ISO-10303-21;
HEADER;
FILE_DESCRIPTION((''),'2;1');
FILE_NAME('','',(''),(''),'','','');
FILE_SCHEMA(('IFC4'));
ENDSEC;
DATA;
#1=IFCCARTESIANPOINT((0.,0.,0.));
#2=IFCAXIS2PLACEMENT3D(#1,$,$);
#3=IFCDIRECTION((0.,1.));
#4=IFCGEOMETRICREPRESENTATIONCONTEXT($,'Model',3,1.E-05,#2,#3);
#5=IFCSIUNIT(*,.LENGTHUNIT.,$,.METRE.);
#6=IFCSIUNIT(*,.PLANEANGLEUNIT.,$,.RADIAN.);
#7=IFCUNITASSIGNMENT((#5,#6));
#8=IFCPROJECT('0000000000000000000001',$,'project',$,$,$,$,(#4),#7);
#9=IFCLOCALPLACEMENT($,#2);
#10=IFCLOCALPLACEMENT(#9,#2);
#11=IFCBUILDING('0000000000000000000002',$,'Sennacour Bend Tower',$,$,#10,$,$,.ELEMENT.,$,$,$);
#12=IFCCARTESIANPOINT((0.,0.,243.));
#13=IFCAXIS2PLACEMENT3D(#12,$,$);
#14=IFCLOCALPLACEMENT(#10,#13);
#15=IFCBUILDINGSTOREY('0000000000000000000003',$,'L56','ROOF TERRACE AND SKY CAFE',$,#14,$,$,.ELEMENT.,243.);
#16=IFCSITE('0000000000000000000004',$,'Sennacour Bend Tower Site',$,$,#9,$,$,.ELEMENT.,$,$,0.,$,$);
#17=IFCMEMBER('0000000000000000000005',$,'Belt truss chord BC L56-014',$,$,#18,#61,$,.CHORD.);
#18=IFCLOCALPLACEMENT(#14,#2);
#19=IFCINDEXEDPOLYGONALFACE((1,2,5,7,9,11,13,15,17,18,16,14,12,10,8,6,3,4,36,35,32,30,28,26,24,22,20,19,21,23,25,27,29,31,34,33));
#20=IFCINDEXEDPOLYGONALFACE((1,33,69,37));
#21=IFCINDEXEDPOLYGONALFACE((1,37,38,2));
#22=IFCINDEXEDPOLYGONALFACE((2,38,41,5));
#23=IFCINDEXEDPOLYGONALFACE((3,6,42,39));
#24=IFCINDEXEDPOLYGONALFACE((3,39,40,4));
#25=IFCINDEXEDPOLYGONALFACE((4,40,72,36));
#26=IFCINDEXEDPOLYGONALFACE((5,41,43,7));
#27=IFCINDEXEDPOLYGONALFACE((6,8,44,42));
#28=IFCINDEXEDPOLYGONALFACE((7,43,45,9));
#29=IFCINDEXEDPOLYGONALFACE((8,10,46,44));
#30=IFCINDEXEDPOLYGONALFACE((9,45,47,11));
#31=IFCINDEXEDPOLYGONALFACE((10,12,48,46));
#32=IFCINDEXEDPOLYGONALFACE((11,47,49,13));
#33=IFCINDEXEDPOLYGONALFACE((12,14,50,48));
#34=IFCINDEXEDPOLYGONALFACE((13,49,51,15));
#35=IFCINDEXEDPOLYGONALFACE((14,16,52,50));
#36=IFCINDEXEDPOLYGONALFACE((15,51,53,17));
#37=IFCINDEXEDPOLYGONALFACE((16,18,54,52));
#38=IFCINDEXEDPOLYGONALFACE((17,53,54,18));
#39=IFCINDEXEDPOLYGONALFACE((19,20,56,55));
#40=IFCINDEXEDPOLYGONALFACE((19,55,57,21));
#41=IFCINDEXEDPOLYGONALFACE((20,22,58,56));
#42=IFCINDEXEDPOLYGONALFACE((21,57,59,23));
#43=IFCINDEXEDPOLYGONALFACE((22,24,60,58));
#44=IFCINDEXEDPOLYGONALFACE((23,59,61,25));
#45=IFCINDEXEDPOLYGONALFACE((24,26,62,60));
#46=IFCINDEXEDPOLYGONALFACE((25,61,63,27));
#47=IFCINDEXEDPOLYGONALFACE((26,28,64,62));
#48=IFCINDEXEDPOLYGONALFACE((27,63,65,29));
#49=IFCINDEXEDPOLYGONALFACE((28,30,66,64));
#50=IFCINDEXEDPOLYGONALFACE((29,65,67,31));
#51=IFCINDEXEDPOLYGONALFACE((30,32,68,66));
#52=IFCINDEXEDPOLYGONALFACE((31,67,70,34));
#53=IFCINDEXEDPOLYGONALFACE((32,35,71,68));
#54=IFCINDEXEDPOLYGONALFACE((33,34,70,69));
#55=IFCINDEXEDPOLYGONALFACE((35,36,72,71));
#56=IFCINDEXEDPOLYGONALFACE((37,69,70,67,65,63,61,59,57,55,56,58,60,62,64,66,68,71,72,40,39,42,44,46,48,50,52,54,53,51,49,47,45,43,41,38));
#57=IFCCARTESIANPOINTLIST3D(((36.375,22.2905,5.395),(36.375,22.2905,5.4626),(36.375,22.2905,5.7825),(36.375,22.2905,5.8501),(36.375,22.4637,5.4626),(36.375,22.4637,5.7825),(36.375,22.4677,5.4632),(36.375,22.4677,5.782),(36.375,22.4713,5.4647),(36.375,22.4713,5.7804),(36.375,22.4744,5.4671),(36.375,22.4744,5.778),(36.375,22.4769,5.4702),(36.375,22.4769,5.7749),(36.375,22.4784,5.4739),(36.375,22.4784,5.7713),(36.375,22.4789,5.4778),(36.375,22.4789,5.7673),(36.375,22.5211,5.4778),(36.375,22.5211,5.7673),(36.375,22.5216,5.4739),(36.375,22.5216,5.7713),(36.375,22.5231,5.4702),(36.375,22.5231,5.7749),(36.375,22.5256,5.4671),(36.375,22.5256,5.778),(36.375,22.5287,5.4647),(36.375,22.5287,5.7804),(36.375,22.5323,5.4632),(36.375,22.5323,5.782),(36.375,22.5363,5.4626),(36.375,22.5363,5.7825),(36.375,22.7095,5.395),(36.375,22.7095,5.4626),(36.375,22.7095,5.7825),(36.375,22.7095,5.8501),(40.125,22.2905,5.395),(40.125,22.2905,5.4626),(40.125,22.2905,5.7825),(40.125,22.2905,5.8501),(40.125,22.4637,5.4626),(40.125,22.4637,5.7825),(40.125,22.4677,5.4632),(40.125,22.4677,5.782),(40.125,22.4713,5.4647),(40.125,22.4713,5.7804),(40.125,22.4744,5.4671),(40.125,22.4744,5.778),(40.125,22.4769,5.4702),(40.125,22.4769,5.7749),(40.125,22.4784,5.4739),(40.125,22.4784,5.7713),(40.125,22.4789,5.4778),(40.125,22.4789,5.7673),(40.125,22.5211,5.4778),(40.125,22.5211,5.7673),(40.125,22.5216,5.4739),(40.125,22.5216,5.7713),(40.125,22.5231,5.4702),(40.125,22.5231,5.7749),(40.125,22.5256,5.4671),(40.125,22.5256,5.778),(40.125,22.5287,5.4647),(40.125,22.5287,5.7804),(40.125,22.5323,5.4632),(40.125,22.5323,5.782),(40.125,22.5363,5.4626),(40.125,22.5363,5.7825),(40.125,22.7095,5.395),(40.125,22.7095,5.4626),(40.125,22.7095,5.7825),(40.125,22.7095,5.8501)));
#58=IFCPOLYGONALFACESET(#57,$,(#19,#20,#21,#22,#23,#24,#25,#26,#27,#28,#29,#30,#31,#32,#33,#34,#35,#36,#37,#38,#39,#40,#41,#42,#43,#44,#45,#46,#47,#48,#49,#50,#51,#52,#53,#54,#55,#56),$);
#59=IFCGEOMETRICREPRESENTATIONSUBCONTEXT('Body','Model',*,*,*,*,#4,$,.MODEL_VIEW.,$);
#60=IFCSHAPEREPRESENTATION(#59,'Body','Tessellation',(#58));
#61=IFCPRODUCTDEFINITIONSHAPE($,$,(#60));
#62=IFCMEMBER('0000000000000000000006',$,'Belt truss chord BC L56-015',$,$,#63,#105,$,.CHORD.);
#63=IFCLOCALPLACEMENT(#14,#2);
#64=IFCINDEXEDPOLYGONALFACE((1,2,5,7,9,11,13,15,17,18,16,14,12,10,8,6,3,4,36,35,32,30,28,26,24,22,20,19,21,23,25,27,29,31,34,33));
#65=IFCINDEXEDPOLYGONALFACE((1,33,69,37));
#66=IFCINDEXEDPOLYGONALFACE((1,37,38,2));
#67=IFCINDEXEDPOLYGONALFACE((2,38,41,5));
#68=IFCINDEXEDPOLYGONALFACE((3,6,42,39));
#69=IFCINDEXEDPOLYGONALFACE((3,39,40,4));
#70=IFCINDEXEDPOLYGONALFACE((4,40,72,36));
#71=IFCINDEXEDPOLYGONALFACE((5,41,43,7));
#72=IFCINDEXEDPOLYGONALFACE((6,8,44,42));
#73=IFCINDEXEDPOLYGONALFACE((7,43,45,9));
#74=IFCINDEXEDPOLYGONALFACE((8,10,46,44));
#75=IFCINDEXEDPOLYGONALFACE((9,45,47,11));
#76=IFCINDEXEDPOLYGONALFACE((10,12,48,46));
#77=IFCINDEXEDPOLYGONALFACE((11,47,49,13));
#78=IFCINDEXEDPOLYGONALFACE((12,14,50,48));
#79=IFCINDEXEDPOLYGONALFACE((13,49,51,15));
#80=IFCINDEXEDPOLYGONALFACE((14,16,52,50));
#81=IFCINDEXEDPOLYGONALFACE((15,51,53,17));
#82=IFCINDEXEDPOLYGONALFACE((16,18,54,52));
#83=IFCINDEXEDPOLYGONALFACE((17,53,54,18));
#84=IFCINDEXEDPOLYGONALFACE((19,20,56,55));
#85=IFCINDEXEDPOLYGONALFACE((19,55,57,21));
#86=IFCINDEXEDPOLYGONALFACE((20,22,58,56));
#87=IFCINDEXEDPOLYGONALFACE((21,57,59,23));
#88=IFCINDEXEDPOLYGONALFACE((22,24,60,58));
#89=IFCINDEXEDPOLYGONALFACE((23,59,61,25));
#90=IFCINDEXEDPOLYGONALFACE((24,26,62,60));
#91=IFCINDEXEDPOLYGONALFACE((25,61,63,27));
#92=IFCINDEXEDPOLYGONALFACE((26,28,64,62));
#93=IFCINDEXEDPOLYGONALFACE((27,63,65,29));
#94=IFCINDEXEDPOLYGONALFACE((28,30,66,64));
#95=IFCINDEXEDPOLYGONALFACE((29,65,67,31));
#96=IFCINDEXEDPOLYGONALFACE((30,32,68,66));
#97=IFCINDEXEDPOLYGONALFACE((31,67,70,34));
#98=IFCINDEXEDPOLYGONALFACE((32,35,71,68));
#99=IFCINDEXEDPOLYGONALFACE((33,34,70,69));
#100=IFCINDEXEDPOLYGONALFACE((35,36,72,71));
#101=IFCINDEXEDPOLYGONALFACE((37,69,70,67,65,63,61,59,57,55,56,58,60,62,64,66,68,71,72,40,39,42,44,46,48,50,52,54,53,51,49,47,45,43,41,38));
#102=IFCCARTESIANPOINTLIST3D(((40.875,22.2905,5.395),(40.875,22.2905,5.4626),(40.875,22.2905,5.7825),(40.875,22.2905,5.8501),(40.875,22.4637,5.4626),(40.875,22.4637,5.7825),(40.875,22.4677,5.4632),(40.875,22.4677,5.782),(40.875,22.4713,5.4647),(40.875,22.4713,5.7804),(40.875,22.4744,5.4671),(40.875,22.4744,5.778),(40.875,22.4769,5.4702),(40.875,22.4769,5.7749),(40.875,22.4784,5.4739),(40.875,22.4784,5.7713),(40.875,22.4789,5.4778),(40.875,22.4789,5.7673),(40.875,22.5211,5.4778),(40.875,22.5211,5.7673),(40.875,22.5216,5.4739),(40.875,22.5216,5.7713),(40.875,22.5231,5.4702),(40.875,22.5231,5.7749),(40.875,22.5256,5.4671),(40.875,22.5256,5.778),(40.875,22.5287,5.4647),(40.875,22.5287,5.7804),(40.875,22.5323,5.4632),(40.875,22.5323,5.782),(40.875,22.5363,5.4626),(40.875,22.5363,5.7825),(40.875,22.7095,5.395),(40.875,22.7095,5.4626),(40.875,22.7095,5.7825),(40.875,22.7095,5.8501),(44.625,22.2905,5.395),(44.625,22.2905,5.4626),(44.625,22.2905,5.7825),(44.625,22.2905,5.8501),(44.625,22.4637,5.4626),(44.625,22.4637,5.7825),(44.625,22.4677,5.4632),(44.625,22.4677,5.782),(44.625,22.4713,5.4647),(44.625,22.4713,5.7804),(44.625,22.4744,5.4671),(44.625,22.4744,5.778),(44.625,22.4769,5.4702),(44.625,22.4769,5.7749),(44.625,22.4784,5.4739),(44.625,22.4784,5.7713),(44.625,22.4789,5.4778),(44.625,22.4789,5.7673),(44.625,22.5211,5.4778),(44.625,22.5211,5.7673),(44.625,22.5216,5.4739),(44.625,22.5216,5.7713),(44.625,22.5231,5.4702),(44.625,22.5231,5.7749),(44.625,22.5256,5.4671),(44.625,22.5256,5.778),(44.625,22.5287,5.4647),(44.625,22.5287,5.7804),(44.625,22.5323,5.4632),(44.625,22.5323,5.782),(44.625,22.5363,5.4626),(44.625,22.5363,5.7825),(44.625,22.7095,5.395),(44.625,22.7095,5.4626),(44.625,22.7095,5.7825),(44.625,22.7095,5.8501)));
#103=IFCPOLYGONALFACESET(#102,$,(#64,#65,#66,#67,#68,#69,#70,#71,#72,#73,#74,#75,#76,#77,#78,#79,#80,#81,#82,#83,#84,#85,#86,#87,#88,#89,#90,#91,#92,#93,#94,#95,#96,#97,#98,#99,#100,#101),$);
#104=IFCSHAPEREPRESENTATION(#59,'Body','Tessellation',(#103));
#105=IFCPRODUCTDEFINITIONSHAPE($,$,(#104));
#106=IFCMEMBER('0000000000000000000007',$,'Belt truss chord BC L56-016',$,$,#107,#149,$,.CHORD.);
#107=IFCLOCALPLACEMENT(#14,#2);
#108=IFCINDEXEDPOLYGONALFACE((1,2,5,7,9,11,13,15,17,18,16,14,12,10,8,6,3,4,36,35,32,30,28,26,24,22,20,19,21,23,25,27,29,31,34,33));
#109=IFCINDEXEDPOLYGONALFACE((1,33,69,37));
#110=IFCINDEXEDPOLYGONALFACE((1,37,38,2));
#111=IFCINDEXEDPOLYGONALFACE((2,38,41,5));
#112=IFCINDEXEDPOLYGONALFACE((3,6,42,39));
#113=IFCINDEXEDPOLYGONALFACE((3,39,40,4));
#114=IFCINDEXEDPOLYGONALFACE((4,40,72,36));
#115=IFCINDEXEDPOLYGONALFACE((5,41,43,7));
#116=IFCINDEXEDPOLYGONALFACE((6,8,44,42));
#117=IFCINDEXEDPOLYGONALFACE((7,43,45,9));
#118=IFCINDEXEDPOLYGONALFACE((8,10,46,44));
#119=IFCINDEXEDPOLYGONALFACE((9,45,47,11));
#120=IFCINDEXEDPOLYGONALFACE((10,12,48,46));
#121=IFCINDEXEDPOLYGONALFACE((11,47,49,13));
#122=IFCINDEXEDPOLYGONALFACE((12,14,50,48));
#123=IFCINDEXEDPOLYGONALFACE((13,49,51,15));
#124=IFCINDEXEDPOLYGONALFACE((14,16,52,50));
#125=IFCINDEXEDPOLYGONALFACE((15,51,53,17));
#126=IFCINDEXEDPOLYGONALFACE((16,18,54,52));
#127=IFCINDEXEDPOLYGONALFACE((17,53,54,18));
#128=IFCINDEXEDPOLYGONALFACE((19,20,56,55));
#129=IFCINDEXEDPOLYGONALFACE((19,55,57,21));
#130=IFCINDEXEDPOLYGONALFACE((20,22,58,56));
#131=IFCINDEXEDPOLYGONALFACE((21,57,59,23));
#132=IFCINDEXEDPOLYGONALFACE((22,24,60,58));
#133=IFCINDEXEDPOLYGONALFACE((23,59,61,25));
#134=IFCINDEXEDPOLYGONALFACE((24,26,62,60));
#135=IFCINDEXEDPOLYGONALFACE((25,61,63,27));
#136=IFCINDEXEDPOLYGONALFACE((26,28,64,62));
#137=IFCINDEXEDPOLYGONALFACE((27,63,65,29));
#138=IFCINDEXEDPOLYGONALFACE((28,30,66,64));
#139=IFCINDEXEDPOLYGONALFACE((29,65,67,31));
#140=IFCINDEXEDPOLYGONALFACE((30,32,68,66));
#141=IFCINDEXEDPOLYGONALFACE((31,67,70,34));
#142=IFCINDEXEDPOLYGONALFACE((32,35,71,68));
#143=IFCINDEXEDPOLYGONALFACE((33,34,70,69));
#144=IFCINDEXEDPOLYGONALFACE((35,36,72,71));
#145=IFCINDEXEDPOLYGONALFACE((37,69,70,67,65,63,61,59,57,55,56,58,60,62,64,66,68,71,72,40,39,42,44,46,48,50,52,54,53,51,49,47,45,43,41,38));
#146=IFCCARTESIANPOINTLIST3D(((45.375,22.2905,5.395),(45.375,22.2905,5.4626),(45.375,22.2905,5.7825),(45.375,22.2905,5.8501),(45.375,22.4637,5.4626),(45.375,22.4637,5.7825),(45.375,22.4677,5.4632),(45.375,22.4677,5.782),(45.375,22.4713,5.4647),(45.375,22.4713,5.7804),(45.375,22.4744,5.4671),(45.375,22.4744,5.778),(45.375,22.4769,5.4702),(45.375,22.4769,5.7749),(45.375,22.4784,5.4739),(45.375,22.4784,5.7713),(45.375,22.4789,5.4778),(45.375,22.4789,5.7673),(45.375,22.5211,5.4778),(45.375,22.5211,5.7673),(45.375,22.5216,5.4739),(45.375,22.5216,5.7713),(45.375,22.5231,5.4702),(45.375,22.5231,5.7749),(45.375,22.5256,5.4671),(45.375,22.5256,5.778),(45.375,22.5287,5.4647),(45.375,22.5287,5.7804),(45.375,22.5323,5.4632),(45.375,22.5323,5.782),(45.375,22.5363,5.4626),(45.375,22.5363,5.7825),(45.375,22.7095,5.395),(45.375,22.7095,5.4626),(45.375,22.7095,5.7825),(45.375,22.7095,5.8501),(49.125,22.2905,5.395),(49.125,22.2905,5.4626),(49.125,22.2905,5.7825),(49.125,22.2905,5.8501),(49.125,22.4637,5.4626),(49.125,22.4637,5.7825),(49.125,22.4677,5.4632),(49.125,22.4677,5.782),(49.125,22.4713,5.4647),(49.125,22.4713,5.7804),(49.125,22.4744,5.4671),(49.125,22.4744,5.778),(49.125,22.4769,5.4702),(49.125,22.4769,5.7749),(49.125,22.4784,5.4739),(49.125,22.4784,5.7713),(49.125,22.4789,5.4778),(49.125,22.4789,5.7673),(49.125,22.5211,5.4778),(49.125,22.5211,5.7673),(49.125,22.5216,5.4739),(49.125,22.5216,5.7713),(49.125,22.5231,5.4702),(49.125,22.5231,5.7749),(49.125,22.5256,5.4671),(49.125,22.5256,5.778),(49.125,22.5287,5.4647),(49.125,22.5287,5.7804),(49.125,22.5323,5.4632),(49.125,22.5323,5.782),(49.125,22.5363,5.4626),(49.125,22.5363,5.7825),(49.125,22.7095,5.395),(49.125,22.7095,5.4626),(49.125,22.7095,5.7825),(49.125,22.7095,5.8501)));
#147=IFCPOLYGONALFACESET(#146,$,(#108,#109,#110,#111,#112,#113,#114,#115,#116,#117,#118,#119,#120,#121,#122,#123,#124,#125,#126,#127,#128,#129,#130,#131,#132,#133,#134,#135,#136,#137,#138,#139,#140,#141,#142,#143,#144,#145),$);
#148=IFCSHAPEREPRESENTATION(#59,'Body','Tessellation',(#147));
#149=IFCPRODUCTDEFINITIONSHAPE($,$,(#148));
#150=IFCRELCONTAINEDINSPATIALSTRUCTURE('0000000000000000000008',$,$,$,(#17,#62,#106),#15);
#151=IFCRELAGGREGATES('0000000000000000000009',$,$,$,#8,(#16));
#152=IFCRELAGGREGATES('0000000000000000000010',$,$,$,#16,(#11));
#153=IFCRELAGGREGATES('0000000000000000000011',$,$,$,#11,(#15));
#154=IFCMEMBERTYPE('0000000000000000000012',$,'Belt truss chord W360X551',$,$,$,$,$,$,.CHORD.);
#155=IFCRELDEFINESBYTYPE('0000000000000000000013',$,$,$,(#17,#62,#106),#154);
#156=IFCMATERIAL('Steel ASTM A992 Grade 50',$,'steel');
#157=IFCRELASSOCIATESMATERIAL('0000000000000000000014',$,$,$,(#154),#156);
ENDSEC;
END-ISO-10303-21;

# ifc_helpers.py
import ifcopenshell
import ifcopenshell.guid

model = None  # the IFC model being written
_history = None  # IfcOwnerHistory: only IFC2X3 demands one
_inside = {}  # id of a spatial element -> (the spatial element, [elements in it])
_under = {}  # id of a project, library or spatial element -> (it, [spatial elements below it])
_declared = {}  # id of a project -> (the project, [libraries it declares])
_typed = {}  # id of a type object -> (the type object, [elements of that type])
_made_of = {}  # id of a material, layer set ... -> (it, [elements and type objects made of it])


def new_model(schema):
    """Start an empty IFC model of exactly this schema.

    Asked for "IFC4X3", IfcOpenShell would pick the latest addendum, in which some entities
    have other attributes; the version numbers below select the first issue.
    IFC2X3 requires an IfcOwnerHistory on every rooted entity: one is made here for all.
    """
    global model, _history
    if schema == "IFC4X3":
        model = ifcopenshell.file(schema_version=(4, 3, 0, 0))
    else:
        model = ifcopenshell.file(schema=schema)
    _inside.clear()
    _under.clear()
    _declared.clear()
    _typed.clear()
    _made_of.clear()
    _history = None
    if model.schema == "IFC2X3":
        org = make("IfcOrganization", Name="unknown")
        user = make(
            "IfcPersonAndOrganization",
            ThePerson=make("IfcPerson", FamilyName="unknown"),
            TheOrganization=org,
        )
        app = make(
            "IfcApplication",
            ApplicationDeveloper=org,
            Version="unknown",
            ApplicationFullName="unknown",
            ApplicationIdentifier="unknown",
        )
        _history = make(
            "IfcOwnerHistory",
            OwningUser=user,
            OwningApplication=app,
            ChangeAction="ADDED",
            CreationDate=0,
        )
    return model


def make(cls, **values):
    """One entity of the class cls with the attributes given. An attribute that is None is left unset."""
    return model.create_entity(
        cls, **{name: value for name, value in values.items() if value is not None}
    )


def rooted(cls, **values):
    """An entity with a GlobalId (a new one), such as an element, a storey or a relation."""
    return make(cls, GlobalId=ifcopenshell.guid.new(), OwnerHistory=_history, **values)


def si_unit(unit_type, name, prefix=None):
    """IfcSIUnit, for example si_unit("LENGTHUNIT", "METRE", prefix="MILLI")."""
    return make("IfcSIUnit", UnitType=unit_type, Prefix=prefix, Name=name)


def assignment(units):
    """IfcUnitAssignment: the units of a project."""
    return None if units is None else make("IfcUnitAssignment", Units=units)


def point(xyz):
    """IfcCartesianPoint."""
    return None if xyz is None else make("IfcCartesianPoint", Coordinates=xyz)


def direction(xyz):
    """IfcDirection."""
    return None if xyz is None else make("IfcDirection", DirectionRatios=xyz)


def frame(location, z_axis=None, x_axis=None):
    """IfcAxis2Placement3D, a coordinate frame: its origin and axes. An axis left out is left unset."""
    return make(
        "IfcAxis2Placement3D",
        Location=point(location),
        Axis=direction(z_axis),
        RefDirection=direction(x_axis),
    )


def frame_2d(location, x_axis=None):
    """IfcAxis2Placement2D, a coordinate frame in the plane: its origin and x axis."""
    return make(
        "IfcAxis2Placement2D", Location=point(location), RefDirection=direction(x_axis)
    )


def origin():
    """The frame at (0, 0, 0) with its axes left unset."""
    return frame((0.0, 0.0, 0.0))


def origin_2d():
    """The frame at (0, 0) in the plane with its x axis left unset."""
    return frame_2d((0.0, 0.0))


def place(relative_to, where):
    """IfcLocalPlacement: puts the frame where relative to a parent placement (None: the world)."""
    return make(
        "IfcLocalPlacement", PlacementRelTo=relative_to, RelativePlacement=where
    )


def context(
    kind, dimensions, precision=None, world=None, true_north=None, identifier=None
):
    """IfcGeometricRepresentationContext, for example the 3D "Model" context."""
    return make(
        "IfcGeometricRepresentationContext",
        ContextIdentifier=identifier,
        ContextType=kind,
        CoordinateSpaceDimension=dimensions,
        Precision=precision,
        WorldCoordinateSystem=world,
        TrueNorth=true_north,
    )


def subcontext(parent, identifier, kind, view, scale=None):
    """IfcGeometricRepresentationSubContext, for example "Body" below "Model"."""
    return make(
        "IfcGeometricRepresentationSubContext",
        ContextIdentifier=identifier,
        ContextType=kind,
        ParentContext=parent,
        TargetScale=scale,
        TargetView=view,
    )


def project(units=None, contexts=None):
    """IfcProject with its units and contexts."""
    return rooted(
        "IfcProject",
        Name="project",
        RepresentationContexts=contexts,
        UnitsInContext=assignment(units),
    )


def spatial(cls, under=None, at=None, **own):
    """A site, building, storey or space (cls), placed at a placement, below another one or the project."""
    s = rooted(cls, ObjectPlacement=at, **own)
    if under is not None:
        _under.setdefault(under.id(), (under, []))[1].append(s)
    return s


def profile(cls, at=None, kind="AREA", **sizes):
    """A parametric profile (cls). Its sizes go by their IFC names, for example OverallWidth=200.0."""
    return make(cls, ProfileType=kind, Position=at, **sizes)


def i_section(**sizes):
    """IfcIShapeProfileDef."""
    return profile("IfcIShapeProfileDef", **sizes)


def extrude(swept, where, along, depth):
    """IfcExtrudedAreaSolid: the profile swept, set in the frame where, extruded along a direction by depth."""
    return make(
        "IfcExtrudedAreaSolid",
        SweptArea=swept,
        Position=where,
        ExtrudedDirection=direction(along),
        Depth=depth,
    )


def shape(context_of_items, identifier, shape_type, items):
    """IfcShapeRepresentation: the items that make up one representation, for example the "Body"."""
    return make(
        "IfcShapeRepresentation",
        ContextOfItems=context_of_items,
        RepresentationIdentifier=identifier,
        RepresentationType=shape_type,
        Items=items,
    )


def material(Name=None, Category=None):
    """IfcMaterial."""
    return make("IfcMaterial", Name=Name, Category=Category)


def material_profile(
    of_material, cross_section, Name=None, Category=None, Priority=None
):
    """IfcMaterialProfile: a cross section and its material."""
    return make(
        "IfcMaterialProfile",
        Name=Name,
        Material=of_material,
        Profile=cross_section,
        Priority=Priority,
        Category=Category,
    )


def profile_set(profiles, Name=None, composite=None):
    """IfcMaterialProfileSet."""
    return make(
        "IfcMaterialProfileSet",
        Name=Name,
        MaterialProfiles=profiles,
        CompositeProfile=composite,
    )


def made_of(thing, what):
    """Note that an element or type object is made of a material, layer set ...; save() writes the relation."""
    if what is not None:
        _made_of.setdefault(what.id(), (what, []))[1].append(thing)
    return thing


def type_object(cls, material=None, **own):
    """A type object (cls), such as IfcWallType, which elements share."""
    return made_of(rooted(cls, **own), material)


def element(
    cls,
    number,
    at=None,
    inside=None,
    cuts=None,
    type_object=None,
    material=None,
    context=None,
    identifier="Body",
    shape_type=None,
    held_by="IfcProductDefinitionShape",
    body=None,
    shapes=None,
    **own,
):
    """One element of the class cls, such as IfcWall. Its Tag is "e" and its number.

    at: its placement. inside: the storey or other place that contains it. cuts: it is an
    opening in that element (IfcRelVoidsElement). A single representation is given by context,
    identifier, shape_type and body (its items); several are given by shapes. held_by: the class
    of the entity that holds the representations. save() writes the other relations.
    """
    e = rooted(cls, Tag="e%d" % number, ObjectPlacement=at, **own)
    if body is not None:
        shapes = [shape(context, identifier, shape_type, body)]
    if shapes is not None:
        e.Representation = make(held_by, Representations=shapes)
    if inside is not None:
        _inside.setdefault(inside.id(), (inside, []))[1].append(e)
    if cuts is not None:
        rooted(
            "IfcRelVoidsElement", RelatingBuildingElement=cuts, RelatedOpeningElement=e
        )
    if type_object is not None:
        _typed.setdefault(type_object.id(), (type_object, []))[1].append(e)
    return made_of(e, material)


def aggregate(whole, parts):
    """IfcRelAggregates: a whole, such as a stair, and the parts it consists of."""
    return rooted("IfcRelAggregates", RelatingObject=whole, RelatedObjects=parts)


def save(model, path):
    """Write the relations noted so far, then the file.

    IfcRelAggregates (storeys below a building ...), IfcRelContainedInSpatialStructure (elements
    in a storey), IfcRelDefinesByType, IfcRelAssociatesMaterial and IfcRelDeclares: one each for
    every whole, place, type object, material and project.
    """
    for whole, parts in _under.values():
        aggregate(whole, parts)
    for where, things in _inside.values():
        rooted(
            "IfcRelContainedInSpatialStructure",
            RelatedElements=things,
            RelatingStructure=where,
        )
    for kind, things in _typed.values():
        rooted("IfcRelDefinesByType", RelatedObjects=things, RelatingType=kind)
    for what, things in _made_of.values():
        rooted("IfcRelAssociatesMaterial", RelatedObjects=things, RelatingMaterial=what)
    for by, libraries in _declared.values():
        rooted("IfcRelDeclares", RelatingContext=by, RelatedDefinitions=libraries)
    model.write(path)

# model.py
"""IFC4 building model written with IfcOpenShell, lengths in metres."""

from ifc_helpers import new_model, si_unit, direction, frame, origin, origin_2d, place, context, subcontext, project, spatial, i_section, extrude, material, material_profile, profile_set, type_object, element, save


model = new_model("IFC4")

# Units and contexts
model_context = context("Model", 3, precision=1e-05, world=origin(), true_north=direction((0.0, 1.0)))
body_context = subcontext(model_context, "Body", "Model", "MODEL_VIEW")
ifc_project = project(units=[si_unit("LENGTHUNIT", "METRE"), si_unit("PLANEANGLEUNIT", "RADIAN")], contexts=[model_context])

# Site, building, storey
site_placement = place(None, origin())
site = spatial("IfcSite", under=ifc_project, at=site_placement, Name="Sennacour Bend Tower Site", CompositionType="ELEMENT", RefElevation=0.0)
building_placement = place(site_placement, origin())
building = spatial("IfcBuilding", under=site, at=building_placement, Name="Sennacour Bend Tower", CompositionType="ELEMENT")
storey_placement = place(building_placement, frame((0.0, 0.0, 243.0)))
storey = spatial("IfcBuildingStorey", under=building, at=storey_placement, Name="L56", Description="ROOF TERRACE AND SKY CAFE", CompositionType="ELEMENT", Elevation=243.0)

# Members
ifc_material_1 = material(Name="Steel ASTM A992 Grade 50", Category="steel")
ifc_material_profile_1 = material_profile(ifc_material_1, i_section(OverallWidth=0.4189, OverallDepth=0.4551, WebThickness=0.0422, FlangeThickness=0.0676, FilletRadius=0.0151, at=origin_2d()), Name="Steel ASTM A992 Grade 50", Category="steel")
ifc_profile_set_1 = profile_set([ifc_material_profile_1], Name="Steel ASTM A992 Grade 50")
member_type_1 = type_object("IfcMemberType", Name="Belt truss chord W360X551", PredefinedType="CHORD", material=ifc_profile_set_1)
for number, where, z_axis, x_axis, name in (
    (1, (36.375, 22.5, 5.6226), (1.0, 0.0, 0.0), (0.0, 1.0, 0.0), "Belt truss chord BC L56-014"),
    (2, (40.875, 22.5, 5.6226), (1.0, 0.0, 0.0), (0.0, 1.0, 0.0), "Belt truss chord BC L56-015"),
    (3, (45.375, 22.5, 5.6226), (1.0, 0.0, 0.0), (0.0, 1.0, 0.0), "Belt truss chord BC L56-016"),
):
    element("IfcMember", number, at=place(storey_placement, frame(where, z_axis=z_axis, x_axis=x_axis)), inside=storey, type_object=member_type_1, Name=name, PredefinedType="CHORD", context=body_context, shape_type="SweptSolid", body=[
        extrude(i_section(OverallWidth=0.4189, OverallDepth=0.4551, WebThickness=0.0422, FlangeThickness=0.0676, FilletRadius=0.0151, at=origin_2d()), origin(), (0.0, 0.0, 1.0), 3.75),
    ])

save(model, "model.ifc")
